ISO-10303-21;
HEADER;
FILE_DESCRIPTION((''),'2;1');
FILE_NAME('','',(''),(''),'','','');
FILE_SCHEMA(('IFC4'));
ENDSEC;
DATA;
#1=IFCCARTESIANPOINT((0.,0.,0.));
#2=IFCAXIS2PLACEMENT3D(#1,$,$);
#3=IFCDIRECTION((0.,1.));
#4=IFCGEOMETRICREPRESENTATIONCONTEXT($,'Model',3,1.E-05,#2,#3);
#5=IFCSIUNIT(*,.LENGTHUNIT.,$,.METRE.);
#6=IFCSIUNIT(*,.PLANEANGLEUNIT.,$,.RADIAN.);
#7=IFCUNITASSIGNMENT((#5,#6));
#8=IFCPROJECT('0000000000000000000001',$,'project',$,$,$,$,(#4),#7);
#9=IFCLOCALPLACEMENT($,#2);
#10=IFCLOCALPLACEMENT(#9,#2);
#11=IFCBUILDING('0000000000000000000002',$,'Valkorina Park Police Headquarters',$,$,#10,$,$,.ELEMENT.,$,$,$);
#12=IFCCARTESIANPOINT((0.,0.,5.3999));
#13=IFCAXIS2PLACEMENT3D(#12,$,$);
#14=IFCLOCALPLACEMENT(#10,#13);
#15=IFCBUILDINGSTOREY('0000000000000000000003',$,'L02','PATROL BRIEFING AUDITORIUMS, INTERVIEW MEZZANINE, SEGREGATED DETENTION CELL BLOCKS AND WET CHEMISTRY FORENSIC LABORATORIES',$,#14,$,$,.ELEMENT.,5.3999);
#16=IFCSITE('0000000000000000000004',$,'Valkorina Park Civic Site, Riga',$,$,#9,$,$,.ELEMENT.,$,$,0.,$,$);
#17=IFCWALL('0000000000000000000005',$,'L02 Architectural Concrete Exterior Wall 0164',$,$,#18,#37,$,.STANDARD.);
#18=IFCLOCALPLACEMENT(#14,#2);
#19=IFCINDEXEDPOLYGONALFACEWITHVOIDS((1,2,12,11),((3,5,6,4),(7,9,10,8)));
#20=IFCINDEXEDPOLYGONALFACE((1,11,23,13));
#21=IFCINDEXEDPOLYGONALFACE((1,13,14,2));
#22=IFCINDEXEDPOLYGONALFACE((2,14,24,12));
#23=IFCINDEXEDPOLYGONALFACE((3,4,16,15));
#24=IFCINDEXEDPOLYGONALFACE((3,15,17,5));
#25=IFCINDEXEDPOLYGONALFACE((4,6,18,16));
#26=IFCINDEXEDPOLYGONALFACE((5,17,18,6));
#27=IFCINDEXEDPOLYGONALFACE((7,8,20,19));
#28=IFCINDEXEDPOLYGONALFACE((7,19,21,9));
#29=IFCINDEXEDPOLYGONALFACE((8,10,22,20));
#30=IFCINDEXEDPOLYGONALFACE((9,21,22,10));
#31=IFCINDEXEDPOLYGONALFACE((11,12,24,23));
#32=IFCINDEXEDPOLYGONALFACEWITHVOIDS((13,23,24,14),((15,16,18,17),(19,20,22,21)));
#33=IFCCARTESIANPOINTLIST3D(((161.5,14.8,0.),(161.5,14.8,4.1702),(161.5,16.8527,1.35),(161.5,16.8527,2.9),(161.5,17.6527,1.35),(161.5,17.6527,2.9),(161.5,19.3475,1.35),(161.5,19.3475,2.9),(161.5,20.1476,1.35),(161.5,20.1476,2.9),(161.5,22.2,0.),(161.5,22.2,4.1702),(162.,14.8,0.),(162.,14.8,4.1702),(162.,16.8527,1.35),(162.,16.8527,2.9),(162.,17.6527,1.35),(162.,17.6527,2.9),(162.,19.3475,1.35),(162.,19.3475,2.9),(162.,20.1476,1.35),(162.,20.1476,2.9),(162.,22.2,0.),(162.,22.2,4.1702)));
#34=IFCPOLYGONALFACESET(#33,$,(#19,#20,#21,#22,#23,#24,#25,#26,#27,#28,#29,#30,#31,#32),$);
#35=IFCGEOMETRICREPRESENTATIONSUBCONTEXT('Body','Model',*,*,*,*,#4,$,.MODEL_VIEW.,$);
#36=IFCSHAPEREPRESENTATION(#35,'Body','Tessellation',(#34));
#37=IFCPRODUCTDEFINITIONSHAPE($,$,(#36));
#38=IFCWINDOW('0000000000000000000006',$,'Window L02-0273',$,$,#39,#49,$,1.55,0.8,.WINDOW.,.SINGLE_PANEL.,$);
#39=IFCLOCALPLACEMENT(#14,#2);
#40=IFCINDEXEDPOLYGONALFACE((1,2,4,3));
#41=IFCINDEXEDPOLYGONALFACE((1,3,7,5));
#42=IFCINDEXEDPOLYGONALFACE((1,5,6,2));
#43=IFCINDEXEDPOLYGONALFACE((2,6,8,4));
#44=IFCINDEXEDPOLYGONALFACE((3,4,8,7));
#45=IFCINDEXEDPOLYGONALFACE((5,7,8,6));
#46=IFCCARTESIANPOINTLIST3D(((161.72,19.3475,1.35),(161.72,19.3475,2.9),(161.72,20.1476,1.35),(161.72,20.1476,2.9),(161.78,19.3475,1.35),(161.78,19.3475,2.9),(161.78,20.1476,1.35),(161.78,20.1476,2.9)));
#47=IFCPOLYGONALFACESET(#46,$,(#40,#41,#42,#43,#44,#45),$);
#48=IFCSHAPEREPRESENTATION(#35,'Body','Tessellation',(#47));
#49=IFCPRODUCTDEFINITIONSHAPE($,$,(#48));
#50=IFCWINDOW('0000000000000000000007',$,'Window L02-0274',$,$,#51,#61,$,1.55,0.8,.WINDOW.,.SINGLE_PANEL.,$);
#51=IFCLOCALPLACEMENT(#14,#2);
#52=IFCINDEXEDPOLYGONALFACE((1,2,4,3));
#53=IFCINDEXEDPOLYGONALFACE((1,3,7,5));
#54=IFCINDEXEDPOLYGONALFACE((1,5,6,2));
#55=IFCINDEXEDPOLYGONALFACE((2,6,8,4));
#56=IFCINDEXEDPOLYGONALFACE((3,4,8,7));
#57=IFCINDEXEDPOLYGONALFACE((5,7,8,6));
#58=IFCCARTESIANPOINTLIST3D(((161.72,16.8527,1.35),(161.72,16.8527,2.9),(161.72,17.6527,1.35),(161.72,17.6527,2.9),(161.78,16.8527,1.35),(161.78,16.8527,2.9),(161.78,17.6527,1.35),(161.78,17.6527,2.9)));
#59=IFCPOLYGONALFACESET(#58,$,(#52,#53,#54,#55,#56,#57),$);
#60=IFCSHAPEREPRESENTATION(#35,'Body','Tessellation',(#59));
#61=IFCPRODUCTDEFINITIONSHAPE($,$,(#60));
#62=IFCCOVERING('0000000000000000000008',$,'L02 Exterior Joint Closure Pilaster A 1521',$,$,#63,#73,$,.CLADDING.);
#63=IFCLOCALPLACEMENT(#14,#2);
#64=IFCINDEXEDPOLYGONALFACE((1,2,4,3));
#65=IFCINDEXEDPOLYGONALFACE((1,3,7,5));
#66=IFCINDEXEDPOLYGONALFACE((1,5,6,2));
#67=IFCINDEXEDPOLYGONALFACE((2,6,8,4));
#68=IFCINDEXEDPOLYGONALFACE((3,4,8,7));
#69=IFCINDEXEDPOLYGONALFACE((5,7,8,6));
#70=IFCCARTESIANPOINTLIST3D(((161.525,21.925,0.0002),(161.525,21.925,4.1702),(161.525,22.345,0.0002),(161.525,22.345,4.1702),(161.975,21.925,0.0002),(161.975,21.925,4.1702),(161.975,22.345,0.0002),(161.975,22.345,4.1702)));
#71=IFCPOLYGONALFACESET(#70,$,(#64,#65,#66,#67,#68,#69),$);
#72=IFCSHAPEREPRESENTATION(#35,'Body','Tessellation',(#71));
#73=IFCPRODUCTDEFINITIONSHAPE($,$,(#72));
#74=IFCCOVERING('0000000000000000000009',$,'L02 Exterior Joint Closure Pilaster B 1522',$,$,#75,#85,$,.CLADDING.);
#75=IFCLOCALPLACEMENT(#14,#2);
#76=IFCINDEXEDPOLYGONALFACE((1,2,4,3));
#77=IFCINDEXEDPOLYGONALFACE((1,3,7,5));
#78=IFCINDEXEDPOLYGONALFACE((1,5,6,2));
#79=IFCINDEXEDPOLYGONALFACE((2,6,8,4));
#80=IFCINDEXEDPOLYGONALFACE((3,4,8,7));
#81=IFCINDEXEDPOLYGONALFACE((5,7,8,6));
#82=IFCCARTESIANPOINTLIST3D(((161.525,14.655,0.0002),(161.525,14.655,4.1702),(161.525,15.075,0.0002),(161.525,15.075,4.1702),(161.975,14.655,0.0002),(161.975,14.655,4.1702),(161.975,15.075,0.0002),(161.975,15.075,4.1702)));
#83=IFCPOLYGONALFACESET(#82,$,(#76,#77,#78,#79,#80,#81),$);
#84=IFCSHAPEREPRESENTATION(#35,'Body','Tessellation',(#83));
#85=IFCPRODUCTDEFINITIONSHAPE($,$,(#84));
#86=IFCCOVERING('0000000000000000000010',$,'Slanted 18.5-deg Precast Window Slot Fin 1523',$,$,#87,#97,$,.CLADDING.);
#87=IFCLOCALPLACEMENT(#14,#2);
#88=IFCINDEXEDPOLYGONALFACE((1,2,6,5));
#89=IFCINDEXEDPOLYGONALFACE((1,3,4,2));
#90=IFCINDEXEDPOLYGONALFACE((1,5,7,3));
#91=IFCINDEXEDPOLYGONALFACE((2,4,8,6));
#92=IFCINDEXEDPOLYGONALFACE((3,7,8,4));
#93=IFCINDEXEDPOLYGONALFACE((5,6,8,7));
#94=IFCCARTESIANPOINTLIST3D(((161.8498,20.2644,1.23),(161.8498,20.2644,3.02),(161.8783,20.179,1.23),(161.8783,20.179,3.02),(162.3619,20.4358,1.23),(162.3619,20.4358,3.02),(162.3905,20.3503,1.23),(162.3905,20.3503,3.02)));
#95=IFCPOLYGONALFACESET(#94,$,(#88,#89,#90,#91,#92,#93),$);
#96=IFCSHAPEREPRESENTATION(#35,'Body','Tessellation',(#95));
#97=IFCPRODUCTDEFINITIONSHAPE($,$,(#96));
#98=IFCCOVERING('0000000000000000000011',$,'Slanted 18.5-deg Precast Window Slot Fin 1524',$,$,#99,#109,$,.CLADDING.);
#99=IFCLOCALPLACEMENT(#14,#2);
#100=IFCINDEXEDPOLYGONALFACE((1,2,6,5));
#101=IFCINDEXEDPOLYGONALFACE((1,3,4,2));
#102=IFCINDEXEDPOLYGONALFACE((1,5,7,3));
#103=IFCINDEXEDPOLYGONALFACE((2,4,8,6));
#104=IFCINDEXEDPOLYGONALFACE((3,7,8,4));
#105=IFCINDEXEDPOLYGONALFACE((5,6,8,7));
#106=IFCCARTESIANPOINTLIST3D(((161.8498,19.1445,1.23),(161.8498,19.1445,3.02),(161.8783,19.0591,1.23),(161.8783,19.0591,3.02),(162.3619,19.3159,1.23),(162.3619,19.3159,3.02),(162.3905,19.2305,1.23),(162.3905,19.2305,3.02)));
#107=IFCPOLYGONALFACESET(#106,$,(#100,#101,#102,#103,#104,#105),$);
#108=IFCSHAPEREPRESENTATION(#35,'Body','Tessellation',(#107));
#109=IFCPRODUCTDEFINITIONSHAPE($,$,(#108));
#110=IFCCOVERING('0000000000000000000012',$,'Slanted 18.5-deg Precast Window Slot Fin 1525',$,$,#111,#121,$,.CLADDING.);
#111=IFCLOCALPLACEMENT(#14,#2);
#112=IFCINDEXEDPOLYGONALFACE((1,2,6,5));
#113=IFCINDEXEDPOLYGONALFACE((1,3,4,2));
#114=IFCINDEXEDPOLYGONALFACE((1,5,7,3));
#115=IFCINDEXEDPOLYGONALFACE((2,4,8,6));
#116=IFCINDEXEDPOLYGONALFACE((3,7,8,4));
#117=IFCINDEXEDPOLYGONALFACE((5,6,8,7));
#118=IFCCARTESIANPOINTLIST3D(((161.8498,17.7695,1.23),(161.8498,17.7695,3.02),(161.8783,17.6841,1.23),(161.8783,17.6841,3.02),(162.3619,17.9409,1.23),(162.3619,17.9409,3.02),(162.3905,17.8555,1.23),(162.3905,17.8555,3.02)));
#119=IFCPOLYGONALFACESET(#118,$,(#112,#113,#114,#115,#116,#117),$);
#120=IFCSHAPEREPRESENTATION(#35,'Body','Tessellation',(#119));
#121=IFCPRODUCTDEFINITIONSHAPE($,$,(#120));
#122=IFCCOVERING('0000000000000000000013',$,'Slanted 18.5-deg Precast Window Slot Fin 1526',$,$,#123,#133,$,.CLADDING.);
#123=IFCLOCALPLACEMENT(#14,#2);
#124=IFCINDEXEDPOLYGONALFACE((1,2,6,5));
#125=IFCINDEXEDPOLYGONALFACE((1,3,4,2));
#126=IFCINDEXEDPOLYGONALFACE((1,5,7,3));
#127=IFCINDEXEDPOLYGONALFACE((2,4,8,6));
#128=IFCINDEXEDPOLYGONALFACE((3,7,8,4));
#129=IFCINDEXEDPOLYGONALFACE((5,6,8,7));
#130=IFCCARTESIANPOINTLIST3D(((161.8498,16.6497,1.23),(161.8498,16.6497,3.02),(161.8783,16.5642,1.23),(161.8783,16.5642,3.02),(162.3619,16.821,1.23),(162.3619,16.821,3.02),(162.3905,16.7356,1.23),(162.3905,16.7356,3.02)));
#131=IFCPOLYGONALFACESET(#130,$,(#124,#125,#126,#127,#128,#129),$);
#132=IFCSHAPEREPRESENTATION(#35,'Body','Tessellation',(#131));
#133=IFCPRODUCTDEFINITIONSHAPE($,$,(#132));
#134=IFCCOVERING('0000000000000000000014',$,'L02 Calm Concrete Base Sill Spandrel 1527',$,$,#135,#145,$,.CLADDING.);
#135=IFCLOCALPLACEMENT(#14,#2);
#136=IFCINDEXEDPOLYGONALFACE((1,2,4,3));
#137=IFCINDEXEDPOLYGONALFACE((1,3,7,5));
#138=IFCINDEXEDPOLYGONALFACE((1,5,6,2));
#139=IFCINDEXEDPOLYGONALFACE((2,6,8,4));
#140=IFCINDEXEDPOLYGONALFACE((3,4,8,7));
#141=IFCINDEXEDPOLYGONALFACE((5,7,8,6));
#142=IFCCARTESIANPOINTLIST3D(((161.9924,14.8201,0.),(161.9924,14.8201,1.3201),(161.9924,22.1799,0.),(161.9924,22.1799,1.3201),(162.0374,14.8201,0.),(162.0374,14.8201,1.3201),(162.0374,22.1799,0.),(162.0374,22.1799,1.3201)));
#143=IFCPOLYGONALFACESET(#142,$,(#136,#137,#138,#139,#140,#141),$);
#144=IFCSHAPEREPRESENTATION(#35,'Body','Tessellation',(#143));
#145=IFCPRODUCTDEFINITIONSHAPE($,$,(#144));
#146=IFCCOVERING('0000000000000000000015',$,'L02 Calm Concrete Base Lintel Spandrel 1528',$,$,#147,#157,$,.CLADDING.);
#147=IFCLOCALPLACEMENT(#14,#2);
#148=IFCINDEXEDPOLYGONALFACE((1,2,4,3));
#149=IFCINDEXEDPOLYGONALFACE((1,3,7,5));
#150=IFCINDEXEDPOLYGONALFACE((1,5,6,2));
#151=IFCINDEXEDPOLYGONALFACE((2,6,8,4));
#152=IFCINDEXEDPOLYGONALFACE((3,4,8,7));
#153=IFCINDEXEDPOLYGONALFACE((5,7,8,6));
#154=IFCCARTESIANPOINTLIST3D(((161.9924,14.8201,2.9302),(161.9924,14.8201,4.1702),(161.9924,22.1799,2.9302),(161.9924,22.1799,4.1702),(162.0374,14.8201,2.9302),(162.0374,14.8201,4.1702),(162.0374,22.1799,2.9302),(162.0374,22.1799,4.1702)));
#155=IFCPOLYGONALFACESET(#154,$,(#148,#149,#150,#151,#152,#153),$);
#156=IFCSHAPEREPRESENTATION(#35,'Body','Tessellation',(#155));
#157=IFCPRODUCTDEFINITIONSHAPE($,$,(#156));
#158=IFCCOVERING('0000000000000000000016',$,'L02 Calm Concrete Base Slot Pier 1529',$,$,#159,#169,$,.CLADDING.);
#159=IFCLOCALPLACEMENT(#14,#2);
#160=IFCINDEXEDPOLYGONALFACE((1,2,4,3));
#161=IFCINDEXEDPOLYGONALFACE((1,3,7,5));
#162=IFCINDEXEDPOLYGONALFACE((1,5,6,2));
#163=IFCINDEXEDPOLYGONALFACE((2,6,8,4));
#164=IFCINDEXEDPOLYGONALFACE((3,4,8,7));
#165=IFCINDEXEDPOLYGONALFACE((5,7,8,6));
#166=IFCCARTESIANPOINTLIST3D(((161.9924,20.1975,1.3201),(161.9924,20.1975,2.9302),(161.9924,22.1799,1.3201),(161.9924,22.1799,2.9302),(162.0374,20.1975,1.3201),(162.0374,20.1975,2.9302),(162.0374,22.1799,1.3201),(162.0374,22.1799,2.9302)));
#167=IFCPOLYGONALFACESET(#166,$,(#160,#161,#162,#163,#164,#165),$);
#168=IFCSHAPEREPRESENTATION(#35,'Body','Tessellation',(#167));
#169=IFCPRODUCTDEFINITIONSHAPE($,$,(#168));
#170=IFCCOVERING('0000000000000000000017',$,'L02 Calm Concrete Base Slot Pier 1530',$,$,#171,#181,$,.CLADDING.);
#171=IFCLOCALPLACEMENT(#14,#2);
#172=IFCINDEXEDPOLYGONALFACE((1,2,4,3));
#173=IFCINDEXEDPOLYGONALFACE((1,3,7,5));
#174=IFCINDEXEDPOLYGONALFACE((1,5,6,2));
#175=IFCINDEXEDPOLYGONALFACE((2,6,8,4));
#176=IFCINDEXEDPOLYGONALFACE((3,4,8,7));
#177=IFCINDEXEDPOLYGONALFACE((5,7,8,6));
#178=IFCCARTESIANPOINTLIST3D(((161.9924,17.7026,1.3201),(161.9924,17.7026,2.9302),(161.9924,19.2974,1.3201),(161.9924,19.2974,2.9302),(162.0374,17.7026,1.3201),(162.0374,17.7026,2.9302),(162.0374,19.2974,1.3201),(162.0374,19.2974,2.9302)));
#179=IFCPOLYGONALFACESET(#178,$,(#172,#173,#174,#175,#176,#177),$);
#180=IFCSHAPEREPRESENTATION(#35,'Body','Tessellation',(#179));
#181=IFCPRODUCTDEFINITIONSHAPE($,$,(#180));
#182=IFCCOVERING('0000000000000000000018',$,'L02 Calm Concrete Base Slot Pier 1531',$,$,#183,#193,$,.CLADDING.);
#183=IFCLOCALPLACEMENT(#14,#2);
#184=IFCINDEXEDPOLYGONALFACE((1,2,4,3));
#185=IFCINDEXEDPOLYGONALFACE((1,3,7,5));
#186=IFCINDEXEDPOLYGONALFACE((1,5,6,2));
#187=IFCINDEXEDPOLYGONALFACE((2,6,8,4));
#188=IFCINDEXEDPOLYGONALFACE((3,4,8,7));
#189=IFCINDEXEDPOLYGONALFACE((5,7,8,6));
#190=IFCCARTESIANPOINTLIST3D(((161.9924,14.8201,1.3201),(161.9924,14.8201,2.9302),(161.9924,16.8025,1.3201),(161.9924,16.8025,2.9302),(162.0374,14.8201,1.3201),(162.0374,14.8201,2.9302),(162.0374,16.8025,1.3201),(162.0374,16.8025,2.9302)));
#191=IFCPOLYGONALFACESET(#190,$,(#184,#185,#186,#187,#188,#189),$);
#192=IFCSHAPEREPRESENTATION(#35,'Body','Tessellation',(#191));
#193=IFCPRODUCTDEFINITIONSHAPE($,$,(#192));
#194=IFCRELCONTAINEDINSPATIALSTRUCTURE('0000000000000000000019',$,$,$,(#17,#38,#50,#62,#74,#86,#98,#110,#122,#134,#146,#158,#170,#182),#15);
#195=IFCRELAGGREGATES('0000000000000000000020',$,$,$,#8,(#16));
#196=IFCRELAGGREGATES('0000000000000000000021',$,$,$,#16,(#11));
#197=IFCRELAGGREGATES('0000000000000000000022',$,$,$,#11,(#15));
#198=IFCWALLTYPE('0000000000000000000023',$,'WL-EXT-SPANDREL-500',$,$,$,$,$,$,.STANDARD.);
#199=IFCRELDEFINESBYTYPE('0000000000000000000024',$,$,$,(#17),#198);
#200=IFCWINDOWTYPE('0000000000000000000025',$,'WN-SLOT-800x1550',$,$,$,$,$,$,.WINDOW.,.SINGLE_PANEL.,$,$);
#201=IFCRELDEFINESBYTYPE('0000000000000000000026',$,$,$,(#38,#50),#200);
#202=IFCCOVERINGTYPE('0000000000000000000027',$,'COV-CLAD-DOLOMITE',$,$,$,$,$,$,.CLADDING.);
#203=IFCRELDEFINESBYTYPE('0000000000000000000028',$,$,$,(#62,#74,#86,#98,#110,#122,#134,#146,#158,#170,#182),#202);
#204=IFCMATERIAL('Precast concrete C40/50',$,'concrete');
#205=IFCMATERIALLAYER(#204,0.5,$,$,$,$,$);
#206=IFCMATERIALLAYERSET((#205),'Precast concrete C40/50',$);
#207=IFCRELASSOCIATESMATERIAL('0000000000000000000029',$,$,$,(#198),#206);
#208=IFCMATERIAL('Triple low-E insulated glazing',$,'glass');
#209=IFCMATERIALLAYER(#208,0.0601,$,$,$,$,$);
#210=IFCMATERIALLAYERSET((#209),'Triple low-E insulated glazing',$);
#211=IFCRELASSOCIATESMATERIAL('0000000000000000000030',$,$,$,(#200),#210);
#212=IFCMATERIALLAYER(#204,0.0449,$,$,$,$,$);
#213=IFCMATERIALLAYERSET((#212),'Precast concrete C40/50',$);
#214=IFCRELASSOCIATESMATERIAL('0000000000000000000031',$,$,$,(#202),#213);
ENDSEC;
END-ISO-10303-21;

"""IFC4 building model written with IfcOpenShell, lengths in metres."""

from ifc_helpers import new_model, si_unit, direction, frame, frame_2d, origin, origin_2d, place, context, subcontext, project, spatial, rectangle, extrude, material, layer, layer_set, type_object, element, fill, save


model = new_model("IFC4")

# Units and contexts
model_context = context("Model", 3, precision=1e-05, world=origin(), true_north=direction((0.0, 1.0)))
body_context = subcontext(model_context, "Body", "Model", "MODEL_VIEW")
ifc_project = project(units=[si_unit("LENGTHUNIT", "METRE"), si_unit("PLANEANGLEUNIT", "RADIAN")], contexts=[model_context])

# Site, building, storey
site_placement = place(None, origin())
site = spatial("IfcSite", under=ifc_project, at=site_placement, Name="Valkorina Park Civic Site, Riga", CompositionType="ELEMENT", RefElevation=0.0)
building_placement = place(site_placement, origin())
building = spatial("IfcBuilding", under=site, at=building_placement, Name="Valkorina Park Police Headquarters", CompositionType="ELEMENT")
storey_placement = place(building_placement, frame((0.0, 0.0, 5.3999)))
storey = spatial("IfcBuildingStorey", under=building, at=storey_placement, Name="L02", Description="PATROL BRIEFING AUDITORIUMS, INTERVIEW MEZZANINE, SEGREGATED DETENTION CELL BLOCKS AND WET CHEMISTRY FORENSIC LABORATORIES", CompositionType="ELEMENT", Elevation=5.3999)

# Wall, openings, windows
ifc_material_1 = material(Name="Precast concrete C40/50", Category="concrete")
ifc_layer_1 = layer(ifc_material_1, 0.5)
ifc_layer_set_1 = layer_set([ifc_layer_1], Name="Precast concrete C40/50")
wall_type = type_object("IfcWallType", Name="WL-EXT-SPANDREL-500", PredefinedType="STANDARD", material=ifc_layer_set_1)
wall_placement = place(storey_placement, frame((161.75, 22.2, 0.0), z_axis=(0.0, 0.0, 1.0), x_axis=(0.0, -1.0, 0.0)))
wall = element("IfcWall", 1, at=wall_placement, inside=storey, type_object=wall_type, Name="L02 Architectural Concrete Exterior Wall 0164", PredefinedType="STANDARD", context=body_context, shape_type="SweptSolid", body=[
    extrude(rectangle(XDim=7.3999, YDim=0.5, at=frame_2d((3.7, 0.0))), origin(), (0.0, 0.0, 1.0), 4.1702),
])
opening_1_placement = place(wall_placement, frame((2.0525, 0.0, 1.3501)))
opening_1 = element("IfcOpeningElement", 2, at=opening_1_placement, cuts=wall, PredefinedType="OPENING", context=body_context, shape_type="SweptSolid", body=[
    extrude(rectangle(XDim=0.8, YDim=1.55, at=frame_2d((0.3999, 0.7749))), frame((0.0, 0.26, 0.0), z_axis=(0.0, -1.0, 0.0), x_axis=(1.0, 0.0, 0.0)), (0.0, 0.0, 1.0), 0.52),
])
opening_2_placement = place(wall_placement, frame((4.5474, 0.0, 1.3501)))
opening_2 = element("IfcOpeningElement", 3, at=opening_2_placement, cuts=wall, PredefinedType="OPENING", context=body_context, shape_type="SweptSolid", body=[
    extrude(rectangle(XDim=0.8, YDim=1.55, at=frame_2d((0.3999, 0.7749))), frame((0.0, 0.26, 0.0), z_axis=(0.0, -1.0, 0.0), x_axis=(1.0, 0.0, 0.0)), (0.0, 0.0, 1.0), 0.52),
])
ifc_material_2 = material(Name="Triple low-E insulated glazing", Category="glass")
ifc_layer_2 = layer(ifc_material_2, 0.0601)
ifc_layer_set_2 = layer_set([ifc_layer_2], Name="Triple low-E insulated glazing")
window_type = type_object("IfcWindowType", Name="WN-SLOT-800x1550", PartitioningType="SINGLE_PANEL", PredefinedType="WINDOW", material=ifc_layer_set_2)
window_1_placement = place(opening_1_placement, origin())
window_1 = element("IfcWindow", 4, at=window_1_placement, inside=storey, type_object=window_type, Name="Window L02-0273", OverallHeight=1.55, OverallWidth=0.8, PartitioningType="SINGLE_PANEL", PredefinedType="WINDOW", context=body_context, shape_type="SweptSolid", body=[
    extrude(rectangle(XDim=0.8, YDim=1.55, at=frame_2d((0.3999, 0.7749))), frame((0.0, 0.03, 0.0), z_axis=(0.0, -1.0, 0.0), x_axis=(1.0, 0.0, 0.0)), (0.0, 0.0, 1.0), 0.0601),
])
fill(opening_1, window_1)
window_2_placement = place(opening_2_placement, origin())
window_2 = element("IfcWindow", 5, at=window_2_placement, inside=storey, type_object=window_type, Name="Window L02-0274", OverallHeight=1.55, OverallWidth=0.8, PartitioningType="SINGLE_PANEL", PredefinedType="WINDOW", context=body_context, shape_type="SweptSolid", body=[
    extrude(rectangle(XDim=0.8, YDim=1.55, at=frame_2d((0.3999, 0.7749))), frame((0.0, 0.03, 0.0), z_axis=(0.0, -1.0, 0.0), x_axis=(1.0, 0.0, 0.0)), (0.0, 0.0, 1.0), 0.0601),
])
fill(opening_2, window_2)

# Coverings
ifc_layer_3 = layer(ifc_material_1, 0.0449)
ifc_layer_set_3 = layer_set([ifc_layer_3], Name="Precast concrete C40/50")
covering_type = type_object("IfcCoveringType", Name="COV-CLAD-DOLOMITE", PredefinedType="CLADDING", material=ifc_layer_set_3)
for number, where, z_axis, x_axis, name in (
    (6, (161.75, 22.135, 0.0002), (0.0, 0.0, 1.0), (0.0, 1.0, 0.0), "L02 Exterior Joint Closure Pilaster A 1521"),
    (7, (161.75, 14.865, 0.0002), (0.0, 0.0, 1.0), (0.0, 1.0, 0.0), "L02 Exterior Joint Closure Pilaster B 1522"),
):
    element("IfcCovering", number, at=place(storey_placement, frame(where, z_axis=z_axis, x_axis=x_axis)), inside=storey, type_object=covering_type, Name=name, PredefinedType="CLADDING", context=body_context, shape_type="SweptSolid", body=[
        extrude(rectangle(XDim=0.4199, YDim=0.45, at=origin_2d()), origin(), (0.0, 0.0, 1.0), 4.1699),
    ])
for number, where, z_axis, x_axis, name in (
    (8, (162.1201, 20.3074, 1.23), (0.0, 0.0, 1.0), (0.948324, 0.317305, 0.0), "Slanted 18.5-deg Precast Window Slot Fin 1523"),
    (9, (162.1201, 19.1875, 1.23), (0.0, 0.0, 1.0), (0.948324, 0.317305, 0.0), "Slanted 18.5-deg Precast Window Slot Fin 1524"),
    (10, (162.1201, 17.8125, 1.23), (0.0, 0.0, 1.0), (0.948324, 0.317305, 0.0), "Slanted 18.5-deg Precast Window Slot Fin 1525"),
    (11, (162.1201, 16.6926, 1.23), (0.0, 0.0, 1.0), (0.948324, 0.317305, 0.0), "Slanted 18.5-deg Precast Window Slot Fin 1526"),
):
    element("IfcCovering", number, at=place(storey_placement, frame(where, z_axis=z_axis, x_axis=x_axis)), inside=storey, type_object=covering_type, Name=name, PredefinedType="CLADDING", context=body_context, shape_type="SweptSolid", body=[
        extrude(rectangle(XDim=0.54, YDim=0.0901, at=origin_2d()), origin(), (0.0, 0.0, 1.0), 1.79),
    ])
covering_1_placement = place(storey_placement, frame((162.0149, 22.1799, 0.0), z_axis=(0.0, 0.0, 1.0), x_axis=(0.0, -1.0, 0.0)))
element("IfcCovering", 12, at=covering_1_placement, inside=storey, type_object=covering_type, Name="L02 Calm Concrete Base Sill Spandrel 1527", PredefinedType="CLADDING", context=body_context, shape_type="SweptSolid", body=[
    extrude(rectangle(XDim=7.3599, YDim=0.0449, at=frame_2d((3.6799, 0.0))), origin(), (0.0, 0.0, 1.0), 1.3201),
])
covering_2_placement = place(storey_placement, frame((162.0149, 22.1799, 2.9302), z_axis=(0.0, 0.0, 1.0), x_axis=(0.0, -1.0, 0.0)))
element("IfcCovering", 13, at=covering_2_placement, inside=storey, type_object=covering_type, Name="L02 Calm Concrete Base Lintel Spandrel 1528", PredefinedType="CLADDING", context=body_context, shape_type="SweptSolid", body=[
    extrude(rectangle(XDim=7.3599, YDim=0.0449, at=frame_2d((3.6799, 0.0))), origin(), (0.0, 0.0, 1.0), 1.24),
])
covering_3_placement = place(storey_placement, frame((162.0149, 22.1799, 1.3201), z_axis=(0.0, 0.0, 1.0), x_axis=(0.0, -1.0, 0.0)))
element("IfcCovering", 14, at=covering_3_placement, inside=storey, type_object=covering_type, Name="L02 Calm Concrete Base Slot Pier 1529", PredefinedType="CLADDING", context=body_context, shape_type="SweptSolid", body=[
    extrude(rectangle(XDim=1.9824, YDim=0.0449, at=frame_2d((0.9912, 0.0))), origin(), (0.0, 0.0, 1.0), 1.6101),
])
covering_4_placement = place(storey_placement, frame((162.0149, 19.2974, 1.3201), z_axis=(0.0, 0.0, 1.0), x_axis=(0.0, -1.0, 0.0)))
element("IfcCovering", 15, at=covering_4_placement, inside=storey, type_object=covering_type, Name="L02 Calm Concrete Base Slot Pier 1530", PredefinedType="CLADDING", context=body_context, shape_type="SweptSolid", body=[
    extrude(rectangle(XDim=1.5947, YDim=0.0449, at=frame_2d((0.7974, 0.0))), origin(), (0.0, 0.0, 1.0), 1.6101),
])
covering_5_placement = place(storey_placement, frame((162.0149, 16.8025, 1.3201), z_axis=(0.0, 0.0, 1.0), x_axis=(0.0, -1.0, 0.0)))
element("IfcCovering", 16, at=covering_5_placement, inside=storey, type_object=covering_type, Name="L02 Calm Concrete Base Slot Pier 1531", PredefinedType="CLADDING", context=body_context, shape_type="SweptSolid", body=[
    extrude(rectangle(XDim=1.9824, YDim=0.0449, at=frame_2d((0.9912, 0.0))), origin(), (0.0, 0.0, 1.0), 1.6101),
])

save(model, "model.ifc")
